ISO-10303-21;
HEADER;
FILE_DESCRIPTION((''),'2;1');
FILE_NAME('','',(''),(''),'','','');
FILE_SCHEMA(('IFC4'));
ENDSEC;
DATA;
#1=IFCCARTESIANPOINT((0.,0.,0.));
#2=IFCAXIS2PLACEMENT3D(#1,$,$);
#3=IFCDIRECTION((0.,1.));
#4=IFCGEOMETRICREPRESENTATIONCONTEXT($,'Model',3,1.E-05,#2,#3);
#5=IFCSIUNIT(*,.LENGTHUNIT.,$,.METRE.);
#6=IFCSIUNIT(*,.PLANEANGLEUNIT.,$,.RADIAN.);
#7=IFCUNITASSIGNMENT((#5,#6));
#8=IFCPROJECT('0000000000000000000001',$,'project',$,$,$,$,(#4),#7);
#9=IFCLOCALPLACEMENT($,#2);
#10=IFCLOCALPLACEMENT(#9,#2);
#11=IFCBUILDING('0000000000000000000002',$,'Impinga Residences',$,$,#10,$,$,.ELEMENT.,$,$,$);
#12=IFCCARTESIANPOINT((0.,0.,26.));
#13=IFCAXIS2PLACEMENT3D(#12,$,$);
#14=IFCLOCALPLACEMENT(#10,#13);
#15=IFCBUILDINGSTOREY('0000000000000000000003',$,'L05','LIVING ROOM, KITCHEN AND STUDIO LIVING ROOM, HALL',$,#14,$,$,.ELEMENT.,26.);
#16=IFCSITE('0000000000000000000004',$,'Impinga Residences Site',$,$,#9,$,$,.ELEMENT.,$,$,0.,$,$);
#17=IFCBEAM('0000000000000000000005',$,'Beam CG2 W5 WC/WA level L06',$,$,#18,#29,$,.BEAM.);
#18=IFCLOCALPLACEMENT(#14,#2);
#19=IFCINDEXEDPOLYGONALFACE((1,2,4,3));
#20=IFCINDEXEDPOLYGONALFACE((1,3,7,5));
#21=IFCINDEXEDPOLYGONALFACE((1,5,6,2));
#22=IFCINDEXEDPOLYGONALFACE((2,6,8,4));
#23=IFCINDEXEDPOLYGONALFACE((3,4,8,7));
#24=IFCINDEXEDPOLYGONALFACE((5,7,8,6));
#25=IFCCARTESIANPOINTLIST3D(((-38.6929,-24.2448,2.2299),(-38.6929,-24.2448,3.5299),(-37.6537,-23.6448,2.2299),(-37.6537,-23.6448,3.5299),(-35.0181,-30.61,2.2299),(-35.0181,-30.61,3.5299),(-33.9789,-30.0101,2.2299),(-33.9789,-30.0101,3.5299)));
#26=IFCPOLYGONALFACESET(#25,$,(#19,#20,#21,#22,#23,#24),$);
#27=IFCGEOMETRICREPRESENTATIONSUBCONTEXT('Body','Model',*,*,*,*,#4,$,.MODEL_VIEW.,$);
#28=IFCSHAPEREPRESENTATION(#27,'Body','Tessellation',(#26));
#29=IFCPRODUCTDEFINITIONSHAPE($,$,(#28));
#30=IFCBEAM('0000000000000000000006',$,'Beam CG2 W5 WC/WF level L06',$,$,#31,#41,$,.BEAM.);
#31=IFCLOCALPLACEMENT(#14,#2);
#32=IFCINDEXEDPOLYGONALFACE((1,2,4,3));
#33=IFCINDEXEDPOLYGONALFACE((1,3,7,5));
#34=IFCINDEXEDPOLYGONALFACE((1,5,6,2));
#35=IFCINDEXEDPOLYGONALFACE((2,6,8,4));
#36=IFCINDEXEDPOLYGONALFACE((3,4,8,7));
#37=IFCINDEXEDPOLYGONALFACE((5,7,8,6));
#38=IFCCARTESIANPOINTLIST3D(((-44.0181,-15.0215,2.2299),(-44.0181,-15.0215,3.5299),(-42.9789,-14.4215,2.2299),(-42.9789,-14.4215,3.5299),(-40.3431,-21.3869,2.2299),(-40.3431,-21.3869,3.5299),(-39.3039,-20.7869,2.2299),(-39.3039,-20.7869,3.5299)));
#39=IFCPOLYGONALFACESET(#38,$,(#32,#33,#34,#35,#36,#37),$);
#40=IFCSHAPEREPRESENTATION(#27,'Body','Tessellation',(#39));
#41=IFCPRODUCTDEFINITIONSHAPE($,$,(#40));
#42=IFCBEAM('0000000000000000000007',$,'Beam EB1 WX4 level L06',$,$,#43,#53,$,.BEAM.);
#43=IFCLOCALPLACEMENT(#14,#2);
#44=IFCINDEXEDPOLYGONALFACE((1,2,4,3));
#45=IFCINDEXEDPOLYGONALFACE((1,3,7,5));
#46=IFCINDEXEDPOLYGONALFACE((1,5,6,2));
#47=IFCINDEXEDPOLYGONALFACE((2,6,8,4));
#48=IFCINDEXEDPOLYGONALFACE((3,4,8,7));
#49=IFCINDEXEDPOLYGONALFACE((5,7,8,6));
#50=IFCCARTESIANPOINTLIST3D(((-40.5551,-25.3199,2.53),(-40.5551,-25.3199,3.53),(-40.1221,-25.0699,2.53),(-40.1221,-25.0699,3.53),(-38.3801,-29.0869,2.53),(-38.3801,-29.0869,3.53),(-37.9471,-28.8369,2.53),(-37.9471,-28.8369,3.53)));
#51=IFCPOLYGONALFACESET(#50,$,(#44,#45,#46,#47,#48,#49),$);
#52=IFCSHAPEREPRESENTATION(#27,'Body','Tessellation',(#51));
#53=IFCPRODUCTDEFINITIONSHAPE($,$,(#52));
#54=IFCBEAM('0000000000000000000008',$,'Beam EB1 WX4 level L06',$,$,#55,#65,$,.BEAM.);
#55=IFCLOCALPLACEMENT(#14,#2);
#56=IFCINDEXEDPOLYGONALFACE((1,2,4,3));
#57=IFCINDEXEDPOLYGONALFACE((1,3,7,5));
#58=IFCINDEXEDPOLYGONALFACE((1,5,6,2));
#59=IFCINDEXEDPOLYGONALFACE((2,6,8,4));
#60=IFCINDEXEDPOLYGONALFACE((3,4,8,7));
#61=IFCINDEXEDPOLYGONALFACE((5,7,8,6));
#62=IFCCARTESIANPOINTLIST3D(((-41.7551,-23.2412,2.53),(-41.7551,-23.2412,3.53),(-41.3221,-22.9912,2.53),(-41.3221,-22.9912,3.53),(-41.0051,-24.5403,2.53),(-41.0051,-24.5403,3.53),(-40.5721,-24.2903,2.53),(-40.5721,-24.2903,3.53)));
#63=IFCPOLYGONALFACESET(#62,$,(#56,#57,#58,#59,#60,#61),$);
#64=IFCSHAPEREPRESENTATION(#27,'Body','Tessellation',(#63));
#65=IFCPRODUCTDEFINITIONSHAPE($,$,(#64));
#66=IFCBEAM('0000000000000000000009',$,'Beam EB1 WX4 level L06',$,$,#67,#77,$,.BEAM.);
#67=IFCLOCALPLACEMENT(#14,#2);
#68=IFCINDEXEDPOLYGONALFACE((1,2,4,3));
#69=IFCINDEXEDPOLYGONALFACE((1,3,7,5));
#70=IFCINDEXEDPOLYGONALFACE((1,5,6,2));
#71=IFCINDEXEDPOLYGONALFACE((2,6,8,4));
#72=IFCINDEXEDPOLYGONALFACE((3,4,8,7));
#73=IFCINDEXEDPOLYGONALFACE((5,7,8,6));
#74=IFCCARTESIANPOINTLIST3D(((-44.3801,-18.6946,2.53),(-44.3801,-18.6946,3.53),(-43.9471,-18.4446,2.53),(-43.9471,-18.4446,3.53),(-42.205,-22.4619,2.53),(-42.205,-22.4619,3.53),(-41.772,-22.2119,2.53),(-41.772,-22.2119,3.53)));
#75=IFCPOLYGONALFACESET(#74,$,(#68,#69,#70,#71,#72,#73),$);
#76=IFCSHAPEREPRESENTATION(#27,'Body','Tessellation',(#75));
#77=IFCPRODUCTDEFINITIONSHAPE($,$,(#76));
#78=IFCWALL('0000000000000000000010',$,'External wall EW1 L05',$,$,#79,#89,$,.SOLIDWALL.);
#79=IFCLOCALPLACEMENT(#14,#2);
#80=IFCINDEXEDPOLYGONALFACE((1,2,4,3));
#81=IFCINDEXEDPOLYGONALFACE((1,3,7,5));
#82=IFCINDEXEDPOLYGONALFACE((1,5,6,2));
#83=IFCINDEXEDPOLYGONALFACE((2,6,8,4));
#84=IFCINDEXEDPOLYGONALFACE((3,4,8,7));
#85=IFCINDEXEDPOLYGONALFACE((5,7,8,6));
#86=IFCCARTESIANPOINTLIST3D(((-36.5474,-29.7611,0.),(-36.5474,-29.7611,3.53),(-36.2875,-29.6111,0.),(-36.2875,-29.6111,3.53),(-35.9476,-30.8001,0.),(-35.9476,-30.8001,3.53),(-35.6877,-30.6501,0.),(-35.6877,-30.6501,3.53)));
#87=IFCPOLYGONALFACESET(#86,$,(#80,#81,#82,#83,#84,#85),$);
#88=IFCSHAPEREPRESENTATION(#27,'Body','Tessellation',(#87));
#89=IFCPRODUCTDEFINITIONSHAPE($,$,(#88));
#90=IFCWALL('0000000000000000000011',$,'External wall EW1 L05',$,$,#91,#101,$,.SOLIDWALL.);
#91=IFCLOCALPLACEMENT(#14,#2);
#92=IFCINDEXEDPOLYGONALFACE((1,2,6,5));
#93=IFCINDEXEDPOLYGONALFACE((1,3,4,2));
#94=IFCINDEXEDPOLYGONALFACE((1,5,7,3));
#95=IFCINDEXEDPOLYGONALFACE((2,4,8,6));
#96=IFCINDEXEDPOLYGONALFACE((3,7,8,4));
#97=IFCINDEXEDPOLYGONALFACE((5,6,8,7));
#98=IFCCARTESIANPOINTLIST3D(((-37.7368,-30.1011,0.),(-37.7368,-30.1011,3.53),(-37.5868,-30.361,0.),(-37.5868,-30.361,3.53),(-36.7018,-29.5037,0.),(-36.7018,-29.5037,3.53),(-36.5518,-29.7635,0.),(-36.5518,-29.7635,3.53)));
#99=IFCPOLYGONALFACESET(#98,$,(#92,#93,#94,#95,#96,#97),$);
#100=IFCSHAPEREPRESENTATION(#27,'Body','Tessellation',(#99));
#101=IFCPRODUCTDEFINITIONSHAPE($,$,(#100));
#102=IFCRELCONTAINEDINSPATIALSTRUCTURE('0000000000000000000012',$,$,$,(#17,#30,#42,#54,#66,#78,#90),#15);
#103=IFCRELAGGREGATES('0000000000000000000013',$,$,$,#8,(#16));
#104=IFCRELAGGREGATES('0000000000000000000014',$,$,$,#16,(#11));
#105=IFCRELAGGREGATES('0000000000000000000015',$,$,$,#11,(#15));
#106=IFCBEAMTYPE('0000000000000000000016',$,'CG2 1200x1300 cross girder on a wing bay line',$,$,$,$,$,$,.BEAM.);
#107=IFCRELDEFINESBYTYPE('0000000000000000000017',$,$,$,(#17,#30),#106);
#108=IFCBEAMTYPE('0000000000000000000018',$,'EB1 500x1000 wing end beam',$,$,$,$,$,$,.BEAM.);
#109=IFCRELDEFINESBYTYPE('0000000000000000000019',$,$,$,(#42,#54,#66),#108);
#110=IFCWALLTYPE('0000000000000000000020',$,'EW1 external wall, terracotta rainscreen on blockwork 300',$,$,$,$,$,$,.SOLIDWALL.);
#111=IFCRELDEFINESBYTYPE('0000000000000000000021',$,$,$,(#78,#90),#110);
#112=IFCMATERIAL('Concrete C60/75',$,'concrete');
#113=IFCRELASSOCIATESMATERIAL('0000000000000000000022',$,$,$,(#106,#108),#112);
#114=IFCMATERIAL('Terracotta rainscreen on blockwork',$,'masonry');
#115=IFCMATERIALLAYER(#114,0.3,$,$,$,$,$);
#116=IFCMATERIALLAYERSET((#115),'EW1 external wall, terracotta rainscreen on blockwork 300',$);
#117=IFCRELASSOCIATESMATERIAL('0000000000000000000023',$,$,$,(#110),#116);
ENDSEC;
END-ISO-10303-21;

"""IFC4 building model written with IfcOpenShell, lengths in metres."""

from ifc_helpers import new_model, si_unit, direction, frame, frame_2d, origin, origin_2d, place, context, subcontext, project, spatial, rectangle, extrude, material, layer, layer_set, material_profile, profile_set, type_object, element, save


model = new_model("IFC4")

# Units and contexts
model_context = context("Model", 3, precision=1e-05, world=origin(), true_north=direction((0.0, 1.0)))
body_context = subcontext(model_context, "Body", "Model", "MODEL_VIEW")
ifc_project = project(units=[si_unit("LENGTHUNIT", "METRE"), si_unit("PLANEANGLEUNIT", "RADIAN")], contexts=[model_context])

# Site, building, storey
site_placement = place(None, origin())
site = spatial("IfcSite", under=ifc_project, at=site_placement, Name="Impinga Residences Site", CompositionType="ELEMENT", RefElevation=0.0)
building_placement = place(site_placement, origin())
building = spatial("IfcBuilding", under=site, at=building_placement, Name="Impinga Residences", CompositionType="ELEMENT")
storey_placement = place(building_placement, frame((0.0, 0.0, 26.0)))
storey = spatial("IfcBuildingStorey", under=building, at=storey_placement, Name="L05", Description="LIVING ROOM, KITCHEN AND STUDIO LIVING ROOM, HALL", CompositionType="ELEMENT", Elevation=26.0)

# Beams
ifc_material_1 = material(Name="Concrete C60/75", Category="concrete")
ifc_material_profile_1 = material_profile(ifc_material_1, rectangle(XDim=1.2, YDim=1.3, at=origin_2d()), Name="RC 1200x1300")
ifc_profile_set_1 = profile_set([ifc_material_profile_1], Name="Concrete C60/75")
beam_type_1 = type_object("IfcBeamType", Name="CG2 1200x1300 cross girder on a wing bay line", PredefinedType="BEAM", material=ifc_profile_set_1)
beam_1_placement = place(storey_placement, frame((-38.1733, -23.9448, 2.8799), z_axis=(0.499983, -0.866035, 0.0), x_axis=(0.866035, 0.499983, 0.0)))
element("IfcBeam", 1, at=beam_1_placement, inside=storey, type_object=beam_type_1, Name="Beam CG2 W5 WC/WA level L06", PredefinedType="BEAM", context=body_context, shape_type="SweptSolid", body=[
    extrude(rectangle(XDim=1.2, YDim=1.3, at=origin_2d()), origin(), (0.0, 0.0, 1.0), 7.3499),
])
beam_2_placement = place(storey_placement, frame((-39.8235, -21.0869, 2.8799), z_axis=(-0.499994, 0.866029, 0.0), x_axis=(-0.866029, -0.499994, 0.0)))
element("IfcBeam", 2, at=beam_2_placement, inside=storey, type_object=beam_type_1, Name="Beam CG2 W5 WC/WF level L06", PredefinedType="BEAM", context=body_context, shape_type="SweptSolid", body=[
    extrude(rectangle(XDim=1.2, YDim=1.3, at=origin_2d()), origin(), (0.0, 0.0, 1.0), 7.3501),
])
ifc_material_profile_2 = material_profile(ifc_material_1, rectangle(XDim=0.5, YDim=1.0, at=origin_2d()), Name="RC 500x1000")
ifc_profile_set_2 = profile_set([ifc_material_profile_2], Name="Concrete C60/75")
beam_type_2 = type_object("IfcBeamType", Name="EB1 500x1000 wing end beam", PredefinedType="BEAM", material=ifc_profile_set_2)
beam_3_placement = place(storey_placement, frame((-38.1636, -28.9619, 3.03), z_axis=(-0.50002, 0.866014, 0.0), x_axis=(-0.866014, -0.50002, 0.0)))
element("IfcBeam", 3, at=beam_3_placement, inside=storey, type_object=beam_type_2, Name="Beam EB1 WX4 level L06", PredefinedType="BEAM", context=body_context, shape_type="SweptSolid", body=[
    extrude(rectangle(XDim=0.5, YDim=1.0, at=origin_2d()), origin(), (0.0, 0.0, 1.0), 4.3499),
])
beam_4_placement = place(storey_placement, frame((-40.7886, -24.4153, 3.03), z_axis=(-0.49999, 0.866031, 0.0), x_axis=(-0.866031, -0.49999, 0.0)))
element("IfcBeam", 4, at=beam_4_placement, inside=storey, type_object=beam_type_2, Name="Beam EB1 WX4 level L06", PredefinedType="BEAM", context=body_context, shape_type="SweptSolid", body=[
    extrude(rectangle(XDim=0.5, YDim=1.0, at=origin_2d()), origin(), (0.0, 0.0, 1.0), 1.5),
])
beam_5_placement = place(storey_placement, frame((-41.9885, -22.3369, 3.03), z_axis=(-0.499996, 0.866028, 0.0), x_axis=(-0.866028, -0.499996, 0.0)))
element("IfcBeam", 5, at=beam_5_placement, inside=storey, type_object=beam_type_2, Name="Beam EB1 WX4 level L06", PredefinedType="BEAM", context=body_context, shape_type="SweptSolid", body=[
    extrude(rectangle(XDim=0.5, YDim=1.0, at=origin_2d()), origin(), (0.0, 0.0, 1.0), 4.3501),
])

# Walls
ifc_material_2 = material(Name="Terracotta rainscreen on blockwork", Category="masonry")
ifc_layer_1 = layer(ifc_material_2, 0.3)
ifc_layer_set_1 = layer_set([ifc_layer_1], Name="EW1 external wall, terracotta rainscreen on blockwork 300")
wall_type_1 = type_object("IfcWallType", Name="EW1 external wall, terracotta rainscreen on blockwork 300", PredefinedType="SOLIDWALL", material=ifc_layer_set_1)
wall_1_placement = place(storey_placement, frame((-35.8176, -30.7251, 0.0), z_axis=(0.0, 0.0, 1.0), x_axis=(-0.499969, 0.866043, 0.0)))
element("IfcWall", 6, at=wall_1_placement, inside=storey, type_object=wall_type_1, Name="External wall EW1 L05", PredefinedType="SOLIDWALL", context=body_context, shape_type="SweptSolid", body=[
    extrude(rectangle(XDim=1.1997, YDim=0.3, at=frame_2d((0.5999, 0.0))), origin(), (0.0, 0.0, 1.0), 3.53),
])
wall_2_placement = place(storey_placement, frame((-36.6267, -29.6335, 0.0), z_axis=(0.0, 0.0, 1.0), x_axis=(-0.86606, -0.499941, 0.0)))
element("IfcWall", 7, at=wall_2_placement, inside=storey, type_object=wall_type_1, Name="External wall EW1 L05", PredefinedType="SOLIDWALL", context=body_context, shape_type="SweptSolid", body=[
    extrude(rectangle(XDim=1.1951, YDim=0.3, at=frame_2d((0.5977, 0.0))), origin(), (0.0, 0.0, 1.0), 3.53),
])

save(model, "model.ifc")
